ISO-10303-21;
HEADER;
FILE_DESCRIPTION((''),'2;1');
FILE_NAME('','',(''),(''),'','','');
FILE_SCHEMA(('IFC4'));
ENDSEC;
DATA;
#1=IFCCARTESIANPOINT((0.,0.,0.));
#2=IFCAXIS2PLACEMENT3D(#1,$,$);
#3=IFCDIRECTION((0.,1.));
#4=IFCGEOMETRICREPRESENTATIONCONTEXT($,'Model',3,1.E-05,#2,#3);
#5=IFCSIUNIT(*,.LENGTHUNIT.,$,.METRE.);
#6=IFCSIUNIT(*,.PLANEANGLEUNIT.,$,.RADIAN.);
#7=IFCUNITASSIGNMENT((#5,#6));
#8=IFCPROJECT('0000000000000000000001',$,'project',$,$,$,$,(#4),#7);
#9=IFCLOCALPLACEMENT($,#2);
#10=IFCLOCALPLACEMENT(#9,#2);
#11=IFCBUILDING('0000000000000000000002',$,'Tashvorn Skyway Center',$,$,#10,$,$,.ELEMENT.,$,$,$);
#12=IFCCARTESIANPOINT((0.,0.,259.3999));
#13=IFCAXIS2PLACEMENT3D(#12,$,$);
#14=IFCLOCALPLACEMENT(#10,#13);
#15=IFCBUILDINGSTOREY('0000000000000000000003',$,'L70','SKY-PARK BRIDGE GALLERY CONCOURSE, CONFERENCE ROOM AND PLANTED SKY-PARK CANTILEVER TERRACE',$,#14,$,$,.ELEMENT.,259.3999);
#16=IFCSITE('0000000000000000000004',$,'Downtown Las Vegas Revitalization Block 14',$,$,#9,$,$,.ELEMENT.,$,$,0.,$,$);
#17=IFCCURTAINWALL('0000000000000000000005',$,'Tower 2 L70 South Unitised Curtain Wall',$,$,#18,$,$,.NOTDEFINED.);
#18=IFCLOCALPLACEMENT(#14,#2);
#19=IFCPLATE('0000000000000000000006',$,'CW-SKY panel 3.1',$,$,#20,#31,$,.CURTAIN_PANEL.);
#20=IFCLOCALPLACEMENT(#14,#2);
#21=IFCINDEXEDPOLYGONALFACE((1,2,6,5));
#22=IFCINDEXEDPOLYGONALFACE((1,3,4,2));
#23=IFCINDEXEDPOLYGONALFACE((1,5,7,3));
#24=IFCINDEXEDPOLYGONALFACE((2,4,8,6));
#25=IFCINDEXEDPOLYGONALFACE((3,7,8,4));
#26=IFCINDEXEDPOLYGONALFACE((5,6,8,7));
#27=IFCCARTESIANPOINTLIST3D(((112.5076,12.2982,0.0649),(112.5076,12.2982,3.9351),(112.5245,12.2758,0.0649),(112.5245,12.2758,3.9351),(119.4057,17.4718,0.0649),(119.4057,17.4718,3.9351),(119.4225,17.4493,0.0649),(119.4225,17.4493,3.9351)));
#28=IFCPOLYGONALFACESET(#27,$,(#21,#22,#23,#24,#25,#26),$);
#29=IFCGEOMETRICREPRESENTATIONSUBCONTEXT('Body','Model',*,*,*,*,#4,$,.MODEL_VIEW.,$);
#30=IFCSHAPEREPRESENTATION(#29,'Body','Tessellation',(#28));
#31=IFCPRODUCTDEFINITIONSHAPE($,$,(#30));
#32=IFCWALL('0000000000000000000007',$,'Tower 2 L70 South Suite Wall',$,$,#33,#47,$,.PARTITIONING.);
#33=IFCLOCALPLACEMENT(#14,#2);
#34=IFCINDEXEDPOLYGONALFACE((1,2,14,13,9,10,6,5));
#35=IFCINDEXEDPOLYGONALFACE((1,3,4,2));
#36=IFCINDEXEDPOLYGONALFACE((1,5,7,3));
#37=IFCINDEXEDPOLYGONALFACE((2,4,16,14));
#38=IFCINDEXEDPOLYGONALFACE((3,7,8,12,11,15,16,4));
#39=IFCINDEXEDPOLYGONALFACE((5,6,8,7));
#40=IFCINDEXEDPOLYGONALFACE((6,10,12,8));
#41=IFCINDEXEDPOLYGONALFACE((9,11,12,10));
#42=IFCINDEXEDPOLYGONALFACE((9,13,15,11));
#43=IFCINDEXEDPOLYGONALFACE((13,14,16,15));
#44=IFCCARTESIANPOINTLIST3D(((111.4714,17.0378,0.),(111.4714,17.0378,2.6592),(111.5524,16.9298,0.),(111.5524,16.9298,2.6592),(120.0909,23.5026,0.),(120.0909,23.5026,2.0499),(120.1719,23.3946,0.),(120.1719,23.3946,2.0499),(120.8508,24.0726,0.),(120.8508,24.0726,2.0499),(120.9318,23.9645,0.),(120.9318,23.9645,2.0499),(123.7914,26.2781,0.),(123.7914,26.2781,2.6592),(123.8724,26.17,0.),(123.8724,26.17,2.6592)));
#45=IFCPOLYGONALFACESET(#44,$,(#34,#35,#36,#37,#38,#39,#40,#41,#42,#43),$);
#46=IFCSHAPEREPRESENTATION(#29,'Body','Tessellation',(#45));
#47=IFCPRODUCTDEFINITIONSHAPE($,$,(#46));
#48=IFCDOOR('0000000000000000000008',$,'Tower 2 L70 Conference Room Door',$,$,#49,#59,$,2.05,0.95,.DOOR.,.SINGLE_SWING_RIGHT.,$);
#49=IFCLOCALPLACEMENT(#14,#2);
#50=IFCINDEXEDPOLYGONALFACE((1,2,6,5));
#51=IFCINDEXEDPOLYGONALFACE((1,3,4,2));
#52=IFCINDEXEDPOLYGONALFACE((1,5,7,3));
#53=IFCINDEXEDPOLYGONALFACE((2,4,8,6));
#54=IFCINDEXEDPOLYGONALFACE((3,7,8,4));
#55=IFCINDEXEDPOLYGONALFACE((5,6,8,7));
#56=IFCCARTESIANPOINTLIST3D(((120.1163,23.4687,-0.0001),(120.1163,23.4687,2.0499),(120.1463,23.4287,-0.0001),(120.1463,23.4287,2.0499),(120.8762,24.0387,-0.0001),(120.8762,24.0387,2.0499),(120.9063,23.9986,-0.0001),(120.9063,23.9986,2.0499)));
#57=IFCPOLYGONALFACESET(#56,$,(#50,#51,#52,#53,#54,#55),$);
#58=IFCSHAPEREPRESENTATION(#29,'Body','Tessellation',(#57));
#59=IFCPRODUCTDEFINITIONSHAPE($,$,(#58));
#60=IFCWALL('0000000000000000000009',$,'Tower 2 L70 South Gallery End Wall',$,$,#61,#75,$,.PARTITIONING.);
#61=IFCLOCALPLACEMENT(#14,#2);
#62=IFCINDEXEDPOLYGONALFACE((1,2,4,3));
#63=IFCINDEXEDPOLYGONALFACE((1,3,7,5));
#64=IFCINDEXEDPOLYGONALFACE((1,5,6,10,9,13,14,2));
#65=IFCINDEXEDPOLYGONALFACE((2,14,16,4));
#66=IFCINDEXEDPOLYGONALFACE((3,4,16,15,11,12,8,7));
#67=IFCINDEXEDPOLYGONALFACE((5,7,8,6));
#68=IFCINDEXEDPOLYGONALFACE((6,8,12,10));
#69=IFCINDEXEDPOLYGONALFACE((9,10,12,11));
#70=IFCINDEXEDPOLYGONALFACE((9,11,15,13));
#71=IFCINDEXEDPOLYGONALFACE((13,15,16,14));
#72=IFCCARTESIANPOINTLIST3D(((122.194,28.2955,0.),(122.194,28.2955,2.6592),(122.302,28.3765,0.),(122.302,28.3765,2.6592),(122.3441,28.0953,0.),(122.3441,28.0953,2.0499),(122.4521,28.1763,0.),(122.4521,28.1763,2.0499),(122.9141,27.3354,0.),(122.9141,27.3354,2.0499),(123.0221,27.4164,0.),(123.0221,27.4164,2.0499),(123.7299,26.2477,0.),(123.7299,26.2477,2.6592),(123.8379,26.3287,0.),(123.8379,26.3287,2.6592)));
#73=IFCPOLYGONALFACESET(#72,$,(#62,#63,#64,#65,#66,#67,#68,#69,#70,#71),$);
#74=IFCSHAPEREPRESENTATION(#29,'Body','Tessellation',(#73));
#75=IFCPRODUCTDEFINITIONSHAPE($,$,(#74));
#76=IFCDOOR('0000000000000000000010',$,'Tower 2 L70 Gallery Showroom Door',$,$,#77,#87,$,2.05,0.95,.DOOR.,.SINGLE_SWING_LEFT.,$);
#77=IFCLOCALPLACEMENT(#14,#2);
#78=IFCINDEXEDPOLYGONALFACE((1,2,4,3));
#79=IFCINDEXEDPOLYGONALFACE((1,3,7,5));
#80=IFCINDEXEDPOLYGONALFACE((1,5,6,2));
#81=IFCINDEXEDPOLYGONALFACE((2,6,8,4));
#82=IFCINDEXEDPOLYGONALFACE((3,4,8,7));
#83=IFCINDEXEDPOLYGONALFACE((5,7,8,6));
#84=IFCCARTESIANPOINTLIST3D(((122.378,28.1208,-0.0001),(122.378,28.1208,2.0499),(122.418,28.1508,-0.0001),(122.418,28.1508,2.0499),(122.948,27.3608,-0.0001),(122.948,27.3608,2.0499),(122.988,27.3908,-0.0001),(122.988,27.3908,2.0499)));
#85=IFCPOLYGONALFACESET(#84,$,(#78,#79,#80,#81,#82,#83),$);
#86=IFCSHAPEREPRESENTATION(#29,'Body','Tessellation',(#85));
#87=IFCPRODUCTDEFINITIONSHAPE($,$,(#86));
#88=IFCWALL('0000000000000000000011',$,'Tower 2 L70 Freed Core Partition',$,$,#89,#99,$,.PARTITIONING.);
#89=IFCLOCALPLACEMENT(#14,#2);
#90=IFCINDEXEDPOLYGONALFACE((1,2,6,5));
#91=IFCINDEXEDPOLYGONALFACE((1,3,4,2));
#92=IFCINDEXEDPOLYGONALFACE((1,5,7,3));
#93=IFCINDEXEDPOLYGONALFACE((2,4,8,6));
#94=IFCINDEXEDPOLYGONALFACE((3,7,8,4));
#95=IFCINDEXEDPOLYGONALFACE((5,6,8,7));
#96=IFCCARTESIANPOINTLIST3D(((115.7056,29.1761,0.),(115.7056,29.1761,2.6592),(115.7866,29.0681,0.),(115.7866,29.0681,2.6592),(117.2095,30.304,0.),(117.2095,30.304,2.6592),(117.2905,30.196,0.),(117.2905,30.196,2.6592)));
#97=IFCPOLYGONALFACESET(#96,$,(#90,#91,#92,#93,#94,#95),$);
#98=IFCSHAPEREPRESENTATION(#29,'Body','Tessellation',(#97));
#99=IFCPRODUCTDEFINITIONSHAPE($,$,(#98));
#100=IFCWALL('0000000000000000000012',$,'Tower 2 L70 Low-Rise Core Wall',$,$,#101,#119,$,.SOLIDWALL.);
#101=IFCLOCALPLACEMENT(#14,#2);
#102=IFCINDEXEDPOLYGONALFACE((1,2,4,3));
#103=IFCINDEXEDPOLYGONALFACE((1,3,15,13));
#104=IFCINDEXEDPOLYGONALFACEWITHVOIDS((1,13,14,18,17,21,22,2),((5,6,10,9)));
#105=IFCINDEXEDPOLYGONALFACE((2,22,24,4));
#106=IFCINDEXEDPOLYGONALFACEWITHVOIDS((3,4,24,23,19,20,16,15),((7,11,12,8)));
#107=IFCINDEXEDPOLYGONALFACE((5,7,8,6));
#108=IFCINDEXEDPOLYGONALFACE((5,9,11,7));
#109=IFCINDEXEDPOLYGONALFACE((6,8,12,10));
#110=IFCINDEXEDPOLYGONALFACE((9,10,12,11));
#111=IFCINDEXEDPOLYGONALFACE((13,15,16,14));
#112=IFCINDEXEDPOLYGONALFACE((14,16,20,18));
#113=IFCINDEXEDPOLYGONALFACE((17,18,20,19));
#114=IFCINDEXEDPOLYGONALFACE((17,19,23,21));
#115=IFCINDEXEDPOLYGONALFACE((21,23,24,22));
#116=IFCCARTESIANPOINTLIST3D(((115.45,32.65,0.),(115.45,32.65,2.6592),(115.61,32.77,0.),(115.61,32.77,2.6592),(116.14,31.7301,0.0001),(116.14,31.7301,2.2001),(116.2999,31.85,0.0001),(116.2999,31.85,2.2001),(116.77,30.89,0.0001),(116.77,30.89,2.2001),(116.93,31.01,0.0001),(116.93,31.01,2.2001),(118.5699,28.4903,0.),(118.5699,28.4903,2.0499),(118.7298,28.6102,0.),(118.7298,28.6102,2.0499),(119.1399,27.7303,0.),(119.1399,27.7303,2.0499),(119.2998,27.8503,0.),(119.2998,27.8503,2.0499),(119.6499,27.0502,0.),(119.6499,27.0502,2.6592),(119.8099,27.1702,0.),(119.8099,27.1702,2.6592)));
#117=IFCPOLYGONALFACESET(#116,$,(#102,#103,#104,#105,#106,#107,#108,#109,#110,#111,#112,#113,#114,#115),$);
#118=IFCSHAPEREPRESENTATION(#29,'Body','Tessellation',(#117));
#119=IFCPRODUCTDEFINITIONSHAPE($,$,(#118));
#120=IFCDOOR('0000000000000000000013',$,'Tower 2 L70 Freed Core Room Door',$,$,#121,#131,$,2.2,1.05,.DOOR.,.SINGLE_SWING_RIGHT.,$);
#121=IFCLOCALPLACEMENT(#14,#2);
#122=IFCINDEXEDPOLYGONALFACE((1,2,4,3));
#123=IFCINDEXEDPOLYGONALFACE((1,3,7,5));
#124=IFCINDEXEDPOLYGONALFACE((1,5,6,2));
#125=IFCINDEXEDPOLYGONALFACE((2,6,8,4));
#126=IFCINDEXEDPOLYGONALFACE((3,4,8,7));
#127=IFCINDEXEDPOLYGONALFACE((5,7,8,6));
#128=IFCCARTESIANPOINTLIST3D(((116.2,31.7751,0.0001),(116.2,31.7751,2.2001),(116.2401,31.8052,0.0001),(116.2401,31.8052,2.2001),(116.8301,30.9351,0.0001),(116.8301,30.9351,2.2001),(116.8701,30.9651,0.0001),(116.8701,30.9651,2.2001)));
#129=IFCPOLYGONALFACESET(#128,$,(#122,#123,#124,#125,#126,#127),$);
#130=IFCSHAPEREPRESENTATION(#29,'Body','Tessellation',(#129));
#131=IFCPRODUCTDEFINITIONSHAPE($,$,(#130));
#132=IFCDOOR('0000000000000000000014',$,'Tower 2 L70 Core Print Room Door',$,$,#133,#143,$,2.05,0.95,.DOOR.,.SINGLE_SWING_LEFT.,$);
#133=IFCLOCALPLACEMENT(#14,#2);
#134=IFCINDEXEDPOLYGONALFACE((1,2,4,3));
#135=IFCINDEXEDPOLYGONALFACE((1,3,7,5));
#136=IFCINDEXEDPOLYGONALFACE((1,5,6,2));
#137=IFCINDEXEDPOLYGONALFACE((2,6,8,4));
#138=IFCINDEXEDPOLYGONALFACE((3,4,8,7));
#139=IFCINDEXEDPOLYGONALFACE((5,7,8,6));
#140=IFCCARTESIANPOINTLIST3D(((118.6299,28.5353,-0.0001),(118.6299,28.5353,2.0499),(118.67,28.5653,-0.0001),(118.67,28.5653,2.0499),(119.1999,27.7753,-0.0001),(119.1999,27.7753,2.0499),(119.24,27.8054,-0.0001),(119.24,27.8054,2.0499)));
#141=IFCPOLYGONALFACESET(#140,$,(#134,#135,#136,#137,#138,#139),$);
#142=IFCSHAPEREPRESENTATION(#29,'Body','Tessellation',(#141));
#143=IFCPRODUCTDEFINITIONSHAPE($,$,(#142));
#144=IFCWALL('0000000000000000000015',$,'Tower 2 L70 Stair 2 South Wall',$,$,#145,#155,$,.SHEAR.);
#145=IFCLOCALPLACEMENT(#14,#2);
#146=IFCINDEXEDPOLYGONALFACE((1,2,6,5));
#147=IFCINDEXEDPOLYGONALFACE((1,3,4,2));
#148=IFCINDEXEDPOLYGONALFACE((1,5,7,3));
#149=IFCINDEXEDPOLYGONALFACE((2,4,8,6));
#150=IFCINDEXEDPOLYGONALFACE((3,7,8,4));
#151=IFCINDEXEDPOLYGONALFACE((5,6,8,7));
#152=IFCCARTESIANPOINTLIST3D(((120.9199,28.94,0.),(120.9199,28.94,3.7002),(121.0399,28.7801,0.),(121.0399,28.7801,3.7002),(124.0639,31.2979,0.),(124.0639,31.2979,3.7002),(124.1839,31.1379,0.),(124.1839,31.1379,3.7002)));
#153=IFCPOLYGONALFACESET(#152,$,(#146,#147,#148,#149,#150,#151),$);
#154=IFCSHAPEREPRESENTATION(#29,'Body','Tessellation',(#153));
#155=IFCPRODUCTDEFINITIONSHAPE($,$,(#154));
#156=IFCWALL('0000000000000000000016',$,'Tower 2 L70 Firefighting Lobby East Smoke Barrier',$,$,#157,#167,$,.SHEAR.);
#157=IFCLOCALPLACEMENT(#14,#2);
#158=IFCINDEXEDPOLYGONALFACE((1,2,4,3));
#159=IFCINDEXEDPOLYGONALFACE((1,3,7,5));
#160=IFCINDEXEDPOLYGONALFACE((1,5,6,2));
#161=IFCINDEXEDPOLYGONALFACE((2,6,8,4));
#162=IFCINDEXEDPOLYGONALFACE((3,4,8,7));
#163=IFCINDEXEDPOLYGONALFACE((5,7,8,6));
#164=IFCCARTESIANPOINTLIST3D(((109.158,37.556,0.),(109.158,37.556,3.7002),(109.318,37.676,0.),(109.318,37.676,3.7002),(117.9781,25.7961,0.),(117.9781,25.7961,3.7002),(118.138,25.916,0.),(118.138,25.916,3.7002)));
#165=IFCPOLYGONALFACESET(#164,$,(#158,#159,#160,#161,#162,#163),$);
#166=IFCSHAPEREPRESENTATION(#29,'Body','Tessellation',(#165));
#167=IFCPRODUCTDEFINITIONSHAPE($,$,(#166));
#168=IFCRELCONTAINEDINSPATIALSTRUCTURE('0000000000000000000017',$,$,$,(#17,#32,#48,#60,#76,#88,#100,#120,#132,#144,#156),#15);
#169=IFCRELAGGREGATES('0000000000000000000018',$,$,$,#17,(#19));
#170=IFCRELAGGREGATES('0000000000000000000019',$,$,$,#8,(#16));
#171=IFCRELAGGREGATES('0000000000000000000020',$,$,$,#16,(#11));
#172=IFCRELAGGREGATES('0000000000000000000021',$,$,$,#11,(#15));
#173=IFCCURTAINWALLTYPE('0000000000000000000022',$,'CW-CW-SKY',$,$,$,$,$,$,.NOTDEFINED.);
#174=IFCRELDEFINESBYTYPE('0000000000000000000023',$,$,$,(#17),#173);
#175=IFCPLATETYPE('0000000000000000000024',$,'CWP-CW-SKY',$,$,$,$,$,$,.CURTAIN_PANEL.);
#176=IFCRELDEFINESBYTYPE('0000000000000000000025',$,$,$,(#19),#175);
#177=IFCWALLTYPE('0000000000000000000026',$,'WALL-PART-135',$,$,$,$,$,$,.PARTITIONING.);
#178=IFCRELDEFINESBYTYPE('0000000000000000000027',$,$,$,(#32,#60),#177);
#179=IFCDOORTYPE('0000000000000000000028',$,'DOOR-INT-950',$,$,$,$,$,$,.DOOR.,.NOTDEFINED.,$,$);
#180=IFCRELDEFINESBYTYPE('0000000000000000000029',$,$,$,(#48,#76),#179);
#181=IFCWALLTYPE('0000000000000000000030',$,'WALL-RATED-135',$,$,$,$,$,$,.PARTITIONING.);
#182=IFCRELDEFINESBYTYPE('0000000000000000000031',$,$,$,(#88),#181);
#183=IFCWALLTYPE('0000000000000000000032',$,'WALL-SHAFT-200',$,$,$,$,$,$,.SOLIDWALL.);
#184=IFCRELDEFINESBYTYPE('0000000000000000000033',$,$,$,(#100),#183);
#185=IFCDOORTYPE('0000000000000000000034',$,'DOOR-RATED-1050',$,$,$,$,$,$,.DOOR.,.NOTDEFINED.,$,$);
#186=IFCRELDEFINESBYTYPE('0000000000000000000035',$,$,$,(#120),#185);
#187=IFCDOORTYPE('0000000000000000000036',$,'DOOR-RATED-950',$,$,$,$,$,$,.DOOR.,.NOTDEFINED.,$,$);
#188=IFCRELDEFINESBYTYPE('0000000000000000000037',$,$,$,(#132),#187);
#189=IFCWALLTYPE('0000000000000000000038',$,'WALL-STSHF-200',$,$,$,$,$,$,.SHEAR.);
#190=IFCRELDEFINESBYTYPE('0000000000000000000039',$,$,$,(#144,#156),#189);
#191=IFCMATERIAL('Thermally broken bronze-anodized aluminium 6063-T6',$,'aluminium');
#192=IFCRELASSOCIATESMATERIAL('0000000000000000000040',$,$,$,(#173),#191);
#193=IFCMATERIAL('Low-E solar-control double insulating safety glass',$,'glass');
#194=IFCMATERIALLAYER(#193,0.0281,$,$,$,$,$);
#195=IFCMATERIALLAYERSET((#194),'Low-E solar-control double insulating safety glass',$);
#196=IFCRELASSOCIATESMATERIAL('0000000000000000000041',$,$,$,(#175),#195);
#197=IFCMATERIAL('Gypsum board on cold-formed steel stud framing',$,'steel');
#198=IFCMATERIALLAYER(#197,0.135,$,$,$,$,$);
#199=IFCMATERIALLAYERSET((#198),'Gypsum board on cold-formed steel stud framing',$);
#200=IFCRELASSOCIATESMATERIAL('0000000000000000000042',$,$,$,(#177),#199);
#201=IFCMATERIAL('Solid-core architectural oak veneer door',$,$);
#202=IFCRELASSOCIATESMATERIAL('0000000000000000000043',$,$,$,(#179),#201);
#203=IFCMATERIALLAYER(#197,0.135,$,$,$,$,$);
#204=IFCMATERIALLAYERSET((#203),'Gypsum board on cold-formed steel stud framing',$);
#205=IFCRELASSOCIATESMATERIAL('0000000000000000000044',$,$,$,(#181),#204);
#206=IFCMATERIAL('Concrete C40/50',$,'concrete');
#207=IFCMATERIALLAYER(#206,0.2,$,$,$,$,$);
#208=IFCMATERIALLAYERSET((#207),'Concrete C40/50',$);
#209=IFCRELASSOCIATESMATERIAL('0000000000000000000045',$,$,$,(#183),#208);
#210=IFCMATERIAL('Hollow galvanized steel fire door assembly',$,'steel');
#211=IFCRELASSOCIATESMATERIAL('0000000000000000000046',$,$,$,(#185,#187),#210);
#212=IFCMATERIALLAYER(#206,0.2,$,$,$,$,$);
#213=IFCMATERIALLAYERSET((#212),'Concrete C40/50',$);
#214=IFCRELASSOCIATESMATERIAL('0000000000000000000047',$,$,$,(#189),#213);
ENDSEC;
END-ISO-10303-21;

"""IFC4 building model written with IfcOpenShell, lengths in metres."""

from ifc_helpers import new_model, si_unit, direction, frame, frame_2d, origin, origin_2d, place, context, subcontext, project, spatial, rectangle, extrude, material, layer, layer_set, type_object, element, fill, aggregate, save


model = new_model("IFC4")

# Units and contexts
model_context = context("Model", 3, precision=1e-05, world=origin(), true_north=direction((0.0, 1.0)))
body_context = subcontext(model_context, "Body", "Model", "MODEL_VIEW")
ifc_project = project(units=[si_unit("LENGTHUNIT", "METRE"), si_unit("PLANEANGLEUNIT", "RADIAN")], contexts=[model_context])

# Site, building, storey
site_placement = place(None, origin())
site = spatial("IfcSite", under=ifc_project, at=site_placement, Name="Downtown Las Vegas Revitalization Block 14", CompositionType="ELEMENT", RefElevation=0.0)
building_placement = place(site_placement, origin())
building = spatial("IfcBuilding", under=site, at=building_placement, Name="Tashvorn Skyway Center", CompositionType="ELEMENT")
storey_placement = place(building_placement, frame((0.0, 0.0, 259.3999)))
storey = spatial("IfcBuildingStorey", under=building, at=storey_placement, Name="L70", Description="SKY-PARK BRIDGE GALLERY CONCOURSE, CONFERENCE ROOM AND PLANTED SKY-PARK CANTILEVER TERRACE", CompositionType="ELEMENT", Elevation=259.3999)

# Curtain wall, plate
ifc_material_1 = material(Name="Thermally broken bronze-anodized aluminium 6063-T6", Category="aluminium")
curtain_wall_type = type_object("IfcCurtainWallType", Name="CW-CW-SKY", PredefinedType="NOTDEFINED", material=ifc_material_1)
curtain_wall_placement = place(storey_placement, origin())
curtain_wall = element("IfcCurtainWall", 1, at=curtain_wall_placement, inside=storey, type_object=curtain_wall_type, Name="Tower 2 L70 South Unitised Curtain Wall", PredefinedType="NOTDEFINED")
ifc_material_2 = material(Name="Low-E solar-control double insulating safety glass", Category="glass")
ifc_layer_1 = layer(ifc_material_2, 0.0281)
ifc_layer_set_1 = layer_set([ifc_layer_1], Name="Low-E solar-control double insulating safety glass")
plate_type = type_object("IfcPlateType", Name="CWP-CW-SKY", PredefinedType="CURTAIN_PANEL", material=ifc_layer_set_1)
plate_1_placement = place(storey_placement, frame((115.9651, 14.8738, 0.0649), z_axis=(0.0, 0.0, 1.0), x_axis=(-0.8, -0.6, 0.0)))
plate_1 = element("IfcPlate", 2, at=plate_1_placement, type_object=plate_type, Name="CW-SKY panel 3.1", PredefinedType="CURTAIN_PANEL", context=body_context, shape_type="SweptSolid", body=[
    extrude(rectangle(XDim=8.6226, YDim=0.0281, at=origin_2d()), origin(), (0.0, 0.0, 1.0), 3.8701),
])
aggregate(curtain_wall, [plate_1])

# Walls, openings, doors
ifc_material_3 = material(Name="Gypsum board on cold-formed steel stud framing", Category="steel")
ifc_layer_2 = layer(ifc_material_3, 0.135)
ifc_layer_set_2 = layer_set([ifc_layer_2], Name="Gypsum board on cold-formed steel stud framing")
wall_type_1 = type_object("IfcWallType", Name="WALL-PART-135", PredefinedType="PARTITIONING", material=ifc_layer_set_2)
wall_1_placement = place(storey_placement, frame((123.832, 26.2241, 0.0), z_axis=(0.0, 0.0, 1.0), x_axis=(-0.799994, -0.600008, 0.0)))
wall_1 = element("IfcWall", 3, at=wall_1_placement, inside=storey, type_object=wall_type_1, Name="Tower 2 L70 South Suite Wall", PredefinedType="PARTITIONING", context=body_context, shape_type="SweptSolid", body=[
    extrude(rectangle(XDim=15.4001, YDim=0.135, at=frame_2d((7.7002, 0.0))), origin(), (0.0, 0.0, 1.0), 2.6592),
])
opening_1_placement = place(wall_1_placement, frame((3.6758, 0.0, 0.0)))
opening_1 = element("IfcOpeningElement", 4, at=opening_1_placement, cuts=wall_1, PredefinedType="OPENING", context=body_context, shape_type="SweptSolid", body=[
    extrude(rectangle(XDim=0.95, YDim=2.05, at=frame_2d((0.4751, 1.0249))), frame((0.0, 0.0774, 0.0), z_axis=(0.0, -1.0, 0.0), x_axis=(1.0, 0.0, 0.0)), (0.0, 0.0, 1.0), 0.155),
])
ifc_material_4 = material(Name="Solid-core architectural oak veneer door")
door_type_1 = type_object("IfcDoorType", Name="DOOR-INT-950", OperationType="NOTDEFINED", PredefinedType="DOOR", material=ifc_material_4)
door_1_placement = place(opening_1_placement, origin())
door_1 = element("IfcDoor", 5, at=door_1_placement, inside=storey, type_object=door_type_1, Name="Tower 2 L70 Conference Room Door", OperationType="SINGLE_SWING_RIGHT", OverallHeight=2.05, OverallWidth=0.95, PredefinedType="DOOR", context=body_context, shape_type="SweptSolid", body=[
    extrude(rectangle(XDim=0.95, YDim=2.05, at=frame_2d((0.4751, 1.0249))), frame((0.0, 0.0249, 0.0), z_axis=(0.0, -1.0, 0.0), x_axis=(1.0, 0.0, 0.0)), (0.0, 0.0, 1.0), 0.05),
])
fill(opening_1, door_1)
wall_2_placement = place(storey_placement, frame((122.248, 28.3359, 0.0), z_axis=(0.0, 0.0, 1.0), x_axis=(0.6, -0.8, 0.0)))
wall_2 = element("IfcWall", 6, at=wall_2_placement, inside=storey, type_object=wall_type_1, Name="Tower 2 L70 South Gallery End Wall", PredefinedType="PARTITIONING", context=body_context, shape_type="SweptSolid", body=[
    extrude(rectangle(XDim=2.5598, YDim=0.135, at=frame_2d((1.2798, 0.0))), origin(), (0.0, 0.0, 1.0), 2.6592),
])
opening_2_placement = place(wall_2_placement, frame((0.25, 0.0, 0.0)))
opening_2 = element("IfcOpeningElement", 7, at=opening_2_placement, cuts=wall_2, PredefinedType="OPENING", context=body_context, shape_type="SweptSolid", body=[
    extrude(rectangle(XDim=0.95, YDim=2.05, at=frame_2d((0.4751, 1.0249))), frame((0.0, 0.0774, 0.0), z_axis=(0.0, -1.0, 0.0), x_axis=(1.0, 0.0, 0.0)), (0.0, 0.0, 1.0), 0.155),
])
door_2_placement = place(opening_2_placement, origin())
door_2 = element("IfcDoor", 8, at=door_2_placement, inside=storey, type_object=door_type_1, Name="Tower 2 L70 Gallery Showroom Door", OperationType="SINGLE_SWING_LEFT", OverallHeight=2.05, OverallWidth=0.95, PredefinedType="DOOR", context=body_context, shape_type="SweptSolid", body=[
    extrude(rectangle(XDim=0.95, YDim=2.05, at=frame_2d((0.4751, 1.0249))), frame((0.0, 0.0249, 0.0), z_axis=(0.0, -1.0, 0.0), x_axis=(1.0, 0.0, 0.0)), (0.0, 0.0, 1.0), 0.05),
])
fill(opening_2, door_2)

# Wall
ifc_layer_3 = layer(ifc_material_3, 0.135)
ifc_layer_set_3 = layer_set([ifc_layer_3], Name="Gypsum board on cold-formed steel stud framing")
wall_type_2 = type_object("IfcWallType", Name="WALL-RATED-135", PredefinedType="PARTITIONING", material=ifc_layer_set_3)
wall_3_placement = place(storey_placement, frame((115.7461, 29.1221, 0.0), z_axis=(0.0, 0.0, 1.0), x_axis=(0.8, 0.6, 0.0)))
element("IfcWall", 9, at=wall_3_placement, inside=storey, type_object=wall_type_2, Name="Tower 2 L70 Freed Core Partition", PredefinedType="PARTITIONING", context=body_context, shape_type="SweptSolid", body=[
    extrude(rectangle(XDim=1.8799, YDim=0.135, at=frame_2d((0.9399, 0.0))), origin(), (0.0, 0.0, 1.0), 2.6592),
])

# Wall, openings, doors
ifc_material_5 = material(Name="Concrete C40/50", Category="concrete")
ifc_layer_4 = layer(ifc_material_5, 0.2)
ifc_layer_set_4 = layer_set([ifc_layer_4], Name="Concrete C40/50")
wall_type_3 = type_object("IfcWallType", Name="WALL-SHAFT-200", PredefinedType="SOLIDWALL", material=ifc_layer_set_4)
wall_4_placement = place(storey_placement, frame((119.73, 27.1101, 0.0), z_axis=(0.0, 0.0, 1.0), x_axis=(-0.600006, 0.799996, 0.0)))
wall_4 = element("IfcWall", 10, at=wall_4_placement, inside=storey, type_object=wall_type_3, Name="Tower 2 L70 Low-Rise Core Wall", PredefinedType="SOLIDWALL", context=body_context, shape_type="SweptSolid", body=[
    extrude(rectangle(XDim=6.9998, YDim=0.2, at=frame_2d((3.5, 0.0))), origin(), (0.0, 0.0, 1.0), 2.6592),
])
opening_3_placement = place(wall_4_placement, frame((0.8501, 0.0, 0.0)))
opening_3 = element("IfcOpeningElement", 11, at=opening_3_placement, cuts=wall_4, PredefinedType="OPENING", context=body_context, shape_type="SweptSolid", body=[
    extrude(rectangle(XDim=0.95, YDim=2.05, at=frame_2d((0.4751, 1.0249))), frame((0.0, 0.1099, 0.0), z_axis=(0.0, -1.0, 0.0), x_axis=(1.0, 0.0, 0.0)), (0.0, 0.0, 1.0), 0.22),
])
opening_4_placement = place(wall_4_placement, frame((4.8, 0.0, 0.0)))
opening_4 = element("IfcOpeningElement", 12, at=opening_4_placement, cuts=wall_4, PredefinedType="OPENING", context=body_context, shape_type="SweptSolid", body=[
    extrude(rectangle(XDim=1.05, YDim=2.2, at=frame_2d((0.5249, 1.1001))), frame((0.0, 0.1099, 0.0), z_axis=(0.0, -1.0, 0.0), x_axis=(1.0, 0.0, 0.0)), (0.0, 0.0, 1.0), 0.22),
])
ifc_material_6 = material(Name="Hollow galvanized steel fire door assembly", Category="steel")
door_type_2 = type_object("IfcDoorType", Name="DOOR-RATED-1050", OperationType="NOTDEFINED", PredefinedType="DOOR", material=ifc_material_6)
door_3_placement = place(opening_4_placement, origin())
door_3 = element("IfcDoor", 13, at=door_3_placement, inside=storey, type_object=door_type_2, Name="Tower 2 L70 Freed Core Room Door", OperationType="SINGLE_SWING_RIGHT", OverallHeight=2.2, OverallWidth=1.05, PredefinedType="DOOR", context=body_context, shape_type="SweptSolid", body=[
    extrude(rectangle(XDim=1.05, YDim=2.2, at=frame_2d((0.5249, 1.1001))), frame((0.0, 0.0249, 0.0), z_axis=(0.0, -1.0, 0.0), x_axis=(1.0, 0.0, 0.0)), (0.0, 0.0, 1.0), 0.05),
])
fill(opening_4, door_3)
door_type_3 = type_object("IfcDoorType", Name="DOOR-RATED-950", OperationType="NOTDEFINED", PredefinedType="DOOR", material=ifc_material_6)
door_4_placement = place(opening_3_placement, origin())
door_4 = element("IfcDoor", 14, at=door_4_placement, inside=storey, type_object=door_type_3, Name="Tower 2 L70 Core Print Room Door", OperationType="SINGLE_SWING_LEFT", OverallHeight=2.05, OverallWidth=0.95, PredefinedType="DOOR", context=body_context, shape_type="SweptSolid", body=[
    extrude(rectangle(XDim=0.95, YDim=2.05, at=frame_2d((0.4751, 1.0249))), frame((0.0, 0.0249, 0.0), z_axis=(0.0, -1.0, 0.0), x_axis=(1.0, 0.0, 0.0)), (0.0, 0.0, 1.0), 0.05),
])
fill(opening_3, door_4)

# Walls
ifc_layer_5 = layer(ifc_material_5, 0.2)
ifc_layer_set_5 = layer_set([ifc_layer_5], Name="Concrete C40/50")
wall_type_4 = type_object("IfcWallType", Name="WALL-STSHF-200", PredefinedType="SHEAR", material=ifc_layer_set_5)
wall_5_placement = place(storey_placement, frame((120.98, 28.8601, 0.0), z_axis=(0.0, 0.0, 1.0), x_axis=(0.800015, 0.59998, 0.0)))
element("IfcWall", 15, at=wall_5_placement, inside=storey, type_object=wall_type_4, Name="Tower 2 L70 Stair 2 South Wall", PredefinedType="SHEAR", context=body_context, shape_type="SweptSolid", body=[
    extrude(rectangle(XDim=3.9299, YDim=0.2, at=frame_2d((1.9648, 0.0))), origin(), (0.0, 0.0, 1.0), 3.7002),
])
wall_6_placement = place(storey_placement, frame((118.0581, 25.856, 0.0), z_axis=(0.0, 0.0, 1.0), x_axis=(-0.600003, 0.799998, 0.0)))
element("IfcWall", 16, at=wall_6_placement, inside=storey, type_object=wall_type_4, Name="Tower 2 L70 Firefighting Lobby East Smoke Barrier", PredefinedType="SHEAR", context=body_context, shape_type="SweptSolid", body=[
    extrude(rectangle(XDim=14.7, YDim=0.2, at=frame_2d((7.3501, 0.0))), origin(), (0.0, 0.0, 1.0), 3.7002),
])

save(model, "model.ifc")
